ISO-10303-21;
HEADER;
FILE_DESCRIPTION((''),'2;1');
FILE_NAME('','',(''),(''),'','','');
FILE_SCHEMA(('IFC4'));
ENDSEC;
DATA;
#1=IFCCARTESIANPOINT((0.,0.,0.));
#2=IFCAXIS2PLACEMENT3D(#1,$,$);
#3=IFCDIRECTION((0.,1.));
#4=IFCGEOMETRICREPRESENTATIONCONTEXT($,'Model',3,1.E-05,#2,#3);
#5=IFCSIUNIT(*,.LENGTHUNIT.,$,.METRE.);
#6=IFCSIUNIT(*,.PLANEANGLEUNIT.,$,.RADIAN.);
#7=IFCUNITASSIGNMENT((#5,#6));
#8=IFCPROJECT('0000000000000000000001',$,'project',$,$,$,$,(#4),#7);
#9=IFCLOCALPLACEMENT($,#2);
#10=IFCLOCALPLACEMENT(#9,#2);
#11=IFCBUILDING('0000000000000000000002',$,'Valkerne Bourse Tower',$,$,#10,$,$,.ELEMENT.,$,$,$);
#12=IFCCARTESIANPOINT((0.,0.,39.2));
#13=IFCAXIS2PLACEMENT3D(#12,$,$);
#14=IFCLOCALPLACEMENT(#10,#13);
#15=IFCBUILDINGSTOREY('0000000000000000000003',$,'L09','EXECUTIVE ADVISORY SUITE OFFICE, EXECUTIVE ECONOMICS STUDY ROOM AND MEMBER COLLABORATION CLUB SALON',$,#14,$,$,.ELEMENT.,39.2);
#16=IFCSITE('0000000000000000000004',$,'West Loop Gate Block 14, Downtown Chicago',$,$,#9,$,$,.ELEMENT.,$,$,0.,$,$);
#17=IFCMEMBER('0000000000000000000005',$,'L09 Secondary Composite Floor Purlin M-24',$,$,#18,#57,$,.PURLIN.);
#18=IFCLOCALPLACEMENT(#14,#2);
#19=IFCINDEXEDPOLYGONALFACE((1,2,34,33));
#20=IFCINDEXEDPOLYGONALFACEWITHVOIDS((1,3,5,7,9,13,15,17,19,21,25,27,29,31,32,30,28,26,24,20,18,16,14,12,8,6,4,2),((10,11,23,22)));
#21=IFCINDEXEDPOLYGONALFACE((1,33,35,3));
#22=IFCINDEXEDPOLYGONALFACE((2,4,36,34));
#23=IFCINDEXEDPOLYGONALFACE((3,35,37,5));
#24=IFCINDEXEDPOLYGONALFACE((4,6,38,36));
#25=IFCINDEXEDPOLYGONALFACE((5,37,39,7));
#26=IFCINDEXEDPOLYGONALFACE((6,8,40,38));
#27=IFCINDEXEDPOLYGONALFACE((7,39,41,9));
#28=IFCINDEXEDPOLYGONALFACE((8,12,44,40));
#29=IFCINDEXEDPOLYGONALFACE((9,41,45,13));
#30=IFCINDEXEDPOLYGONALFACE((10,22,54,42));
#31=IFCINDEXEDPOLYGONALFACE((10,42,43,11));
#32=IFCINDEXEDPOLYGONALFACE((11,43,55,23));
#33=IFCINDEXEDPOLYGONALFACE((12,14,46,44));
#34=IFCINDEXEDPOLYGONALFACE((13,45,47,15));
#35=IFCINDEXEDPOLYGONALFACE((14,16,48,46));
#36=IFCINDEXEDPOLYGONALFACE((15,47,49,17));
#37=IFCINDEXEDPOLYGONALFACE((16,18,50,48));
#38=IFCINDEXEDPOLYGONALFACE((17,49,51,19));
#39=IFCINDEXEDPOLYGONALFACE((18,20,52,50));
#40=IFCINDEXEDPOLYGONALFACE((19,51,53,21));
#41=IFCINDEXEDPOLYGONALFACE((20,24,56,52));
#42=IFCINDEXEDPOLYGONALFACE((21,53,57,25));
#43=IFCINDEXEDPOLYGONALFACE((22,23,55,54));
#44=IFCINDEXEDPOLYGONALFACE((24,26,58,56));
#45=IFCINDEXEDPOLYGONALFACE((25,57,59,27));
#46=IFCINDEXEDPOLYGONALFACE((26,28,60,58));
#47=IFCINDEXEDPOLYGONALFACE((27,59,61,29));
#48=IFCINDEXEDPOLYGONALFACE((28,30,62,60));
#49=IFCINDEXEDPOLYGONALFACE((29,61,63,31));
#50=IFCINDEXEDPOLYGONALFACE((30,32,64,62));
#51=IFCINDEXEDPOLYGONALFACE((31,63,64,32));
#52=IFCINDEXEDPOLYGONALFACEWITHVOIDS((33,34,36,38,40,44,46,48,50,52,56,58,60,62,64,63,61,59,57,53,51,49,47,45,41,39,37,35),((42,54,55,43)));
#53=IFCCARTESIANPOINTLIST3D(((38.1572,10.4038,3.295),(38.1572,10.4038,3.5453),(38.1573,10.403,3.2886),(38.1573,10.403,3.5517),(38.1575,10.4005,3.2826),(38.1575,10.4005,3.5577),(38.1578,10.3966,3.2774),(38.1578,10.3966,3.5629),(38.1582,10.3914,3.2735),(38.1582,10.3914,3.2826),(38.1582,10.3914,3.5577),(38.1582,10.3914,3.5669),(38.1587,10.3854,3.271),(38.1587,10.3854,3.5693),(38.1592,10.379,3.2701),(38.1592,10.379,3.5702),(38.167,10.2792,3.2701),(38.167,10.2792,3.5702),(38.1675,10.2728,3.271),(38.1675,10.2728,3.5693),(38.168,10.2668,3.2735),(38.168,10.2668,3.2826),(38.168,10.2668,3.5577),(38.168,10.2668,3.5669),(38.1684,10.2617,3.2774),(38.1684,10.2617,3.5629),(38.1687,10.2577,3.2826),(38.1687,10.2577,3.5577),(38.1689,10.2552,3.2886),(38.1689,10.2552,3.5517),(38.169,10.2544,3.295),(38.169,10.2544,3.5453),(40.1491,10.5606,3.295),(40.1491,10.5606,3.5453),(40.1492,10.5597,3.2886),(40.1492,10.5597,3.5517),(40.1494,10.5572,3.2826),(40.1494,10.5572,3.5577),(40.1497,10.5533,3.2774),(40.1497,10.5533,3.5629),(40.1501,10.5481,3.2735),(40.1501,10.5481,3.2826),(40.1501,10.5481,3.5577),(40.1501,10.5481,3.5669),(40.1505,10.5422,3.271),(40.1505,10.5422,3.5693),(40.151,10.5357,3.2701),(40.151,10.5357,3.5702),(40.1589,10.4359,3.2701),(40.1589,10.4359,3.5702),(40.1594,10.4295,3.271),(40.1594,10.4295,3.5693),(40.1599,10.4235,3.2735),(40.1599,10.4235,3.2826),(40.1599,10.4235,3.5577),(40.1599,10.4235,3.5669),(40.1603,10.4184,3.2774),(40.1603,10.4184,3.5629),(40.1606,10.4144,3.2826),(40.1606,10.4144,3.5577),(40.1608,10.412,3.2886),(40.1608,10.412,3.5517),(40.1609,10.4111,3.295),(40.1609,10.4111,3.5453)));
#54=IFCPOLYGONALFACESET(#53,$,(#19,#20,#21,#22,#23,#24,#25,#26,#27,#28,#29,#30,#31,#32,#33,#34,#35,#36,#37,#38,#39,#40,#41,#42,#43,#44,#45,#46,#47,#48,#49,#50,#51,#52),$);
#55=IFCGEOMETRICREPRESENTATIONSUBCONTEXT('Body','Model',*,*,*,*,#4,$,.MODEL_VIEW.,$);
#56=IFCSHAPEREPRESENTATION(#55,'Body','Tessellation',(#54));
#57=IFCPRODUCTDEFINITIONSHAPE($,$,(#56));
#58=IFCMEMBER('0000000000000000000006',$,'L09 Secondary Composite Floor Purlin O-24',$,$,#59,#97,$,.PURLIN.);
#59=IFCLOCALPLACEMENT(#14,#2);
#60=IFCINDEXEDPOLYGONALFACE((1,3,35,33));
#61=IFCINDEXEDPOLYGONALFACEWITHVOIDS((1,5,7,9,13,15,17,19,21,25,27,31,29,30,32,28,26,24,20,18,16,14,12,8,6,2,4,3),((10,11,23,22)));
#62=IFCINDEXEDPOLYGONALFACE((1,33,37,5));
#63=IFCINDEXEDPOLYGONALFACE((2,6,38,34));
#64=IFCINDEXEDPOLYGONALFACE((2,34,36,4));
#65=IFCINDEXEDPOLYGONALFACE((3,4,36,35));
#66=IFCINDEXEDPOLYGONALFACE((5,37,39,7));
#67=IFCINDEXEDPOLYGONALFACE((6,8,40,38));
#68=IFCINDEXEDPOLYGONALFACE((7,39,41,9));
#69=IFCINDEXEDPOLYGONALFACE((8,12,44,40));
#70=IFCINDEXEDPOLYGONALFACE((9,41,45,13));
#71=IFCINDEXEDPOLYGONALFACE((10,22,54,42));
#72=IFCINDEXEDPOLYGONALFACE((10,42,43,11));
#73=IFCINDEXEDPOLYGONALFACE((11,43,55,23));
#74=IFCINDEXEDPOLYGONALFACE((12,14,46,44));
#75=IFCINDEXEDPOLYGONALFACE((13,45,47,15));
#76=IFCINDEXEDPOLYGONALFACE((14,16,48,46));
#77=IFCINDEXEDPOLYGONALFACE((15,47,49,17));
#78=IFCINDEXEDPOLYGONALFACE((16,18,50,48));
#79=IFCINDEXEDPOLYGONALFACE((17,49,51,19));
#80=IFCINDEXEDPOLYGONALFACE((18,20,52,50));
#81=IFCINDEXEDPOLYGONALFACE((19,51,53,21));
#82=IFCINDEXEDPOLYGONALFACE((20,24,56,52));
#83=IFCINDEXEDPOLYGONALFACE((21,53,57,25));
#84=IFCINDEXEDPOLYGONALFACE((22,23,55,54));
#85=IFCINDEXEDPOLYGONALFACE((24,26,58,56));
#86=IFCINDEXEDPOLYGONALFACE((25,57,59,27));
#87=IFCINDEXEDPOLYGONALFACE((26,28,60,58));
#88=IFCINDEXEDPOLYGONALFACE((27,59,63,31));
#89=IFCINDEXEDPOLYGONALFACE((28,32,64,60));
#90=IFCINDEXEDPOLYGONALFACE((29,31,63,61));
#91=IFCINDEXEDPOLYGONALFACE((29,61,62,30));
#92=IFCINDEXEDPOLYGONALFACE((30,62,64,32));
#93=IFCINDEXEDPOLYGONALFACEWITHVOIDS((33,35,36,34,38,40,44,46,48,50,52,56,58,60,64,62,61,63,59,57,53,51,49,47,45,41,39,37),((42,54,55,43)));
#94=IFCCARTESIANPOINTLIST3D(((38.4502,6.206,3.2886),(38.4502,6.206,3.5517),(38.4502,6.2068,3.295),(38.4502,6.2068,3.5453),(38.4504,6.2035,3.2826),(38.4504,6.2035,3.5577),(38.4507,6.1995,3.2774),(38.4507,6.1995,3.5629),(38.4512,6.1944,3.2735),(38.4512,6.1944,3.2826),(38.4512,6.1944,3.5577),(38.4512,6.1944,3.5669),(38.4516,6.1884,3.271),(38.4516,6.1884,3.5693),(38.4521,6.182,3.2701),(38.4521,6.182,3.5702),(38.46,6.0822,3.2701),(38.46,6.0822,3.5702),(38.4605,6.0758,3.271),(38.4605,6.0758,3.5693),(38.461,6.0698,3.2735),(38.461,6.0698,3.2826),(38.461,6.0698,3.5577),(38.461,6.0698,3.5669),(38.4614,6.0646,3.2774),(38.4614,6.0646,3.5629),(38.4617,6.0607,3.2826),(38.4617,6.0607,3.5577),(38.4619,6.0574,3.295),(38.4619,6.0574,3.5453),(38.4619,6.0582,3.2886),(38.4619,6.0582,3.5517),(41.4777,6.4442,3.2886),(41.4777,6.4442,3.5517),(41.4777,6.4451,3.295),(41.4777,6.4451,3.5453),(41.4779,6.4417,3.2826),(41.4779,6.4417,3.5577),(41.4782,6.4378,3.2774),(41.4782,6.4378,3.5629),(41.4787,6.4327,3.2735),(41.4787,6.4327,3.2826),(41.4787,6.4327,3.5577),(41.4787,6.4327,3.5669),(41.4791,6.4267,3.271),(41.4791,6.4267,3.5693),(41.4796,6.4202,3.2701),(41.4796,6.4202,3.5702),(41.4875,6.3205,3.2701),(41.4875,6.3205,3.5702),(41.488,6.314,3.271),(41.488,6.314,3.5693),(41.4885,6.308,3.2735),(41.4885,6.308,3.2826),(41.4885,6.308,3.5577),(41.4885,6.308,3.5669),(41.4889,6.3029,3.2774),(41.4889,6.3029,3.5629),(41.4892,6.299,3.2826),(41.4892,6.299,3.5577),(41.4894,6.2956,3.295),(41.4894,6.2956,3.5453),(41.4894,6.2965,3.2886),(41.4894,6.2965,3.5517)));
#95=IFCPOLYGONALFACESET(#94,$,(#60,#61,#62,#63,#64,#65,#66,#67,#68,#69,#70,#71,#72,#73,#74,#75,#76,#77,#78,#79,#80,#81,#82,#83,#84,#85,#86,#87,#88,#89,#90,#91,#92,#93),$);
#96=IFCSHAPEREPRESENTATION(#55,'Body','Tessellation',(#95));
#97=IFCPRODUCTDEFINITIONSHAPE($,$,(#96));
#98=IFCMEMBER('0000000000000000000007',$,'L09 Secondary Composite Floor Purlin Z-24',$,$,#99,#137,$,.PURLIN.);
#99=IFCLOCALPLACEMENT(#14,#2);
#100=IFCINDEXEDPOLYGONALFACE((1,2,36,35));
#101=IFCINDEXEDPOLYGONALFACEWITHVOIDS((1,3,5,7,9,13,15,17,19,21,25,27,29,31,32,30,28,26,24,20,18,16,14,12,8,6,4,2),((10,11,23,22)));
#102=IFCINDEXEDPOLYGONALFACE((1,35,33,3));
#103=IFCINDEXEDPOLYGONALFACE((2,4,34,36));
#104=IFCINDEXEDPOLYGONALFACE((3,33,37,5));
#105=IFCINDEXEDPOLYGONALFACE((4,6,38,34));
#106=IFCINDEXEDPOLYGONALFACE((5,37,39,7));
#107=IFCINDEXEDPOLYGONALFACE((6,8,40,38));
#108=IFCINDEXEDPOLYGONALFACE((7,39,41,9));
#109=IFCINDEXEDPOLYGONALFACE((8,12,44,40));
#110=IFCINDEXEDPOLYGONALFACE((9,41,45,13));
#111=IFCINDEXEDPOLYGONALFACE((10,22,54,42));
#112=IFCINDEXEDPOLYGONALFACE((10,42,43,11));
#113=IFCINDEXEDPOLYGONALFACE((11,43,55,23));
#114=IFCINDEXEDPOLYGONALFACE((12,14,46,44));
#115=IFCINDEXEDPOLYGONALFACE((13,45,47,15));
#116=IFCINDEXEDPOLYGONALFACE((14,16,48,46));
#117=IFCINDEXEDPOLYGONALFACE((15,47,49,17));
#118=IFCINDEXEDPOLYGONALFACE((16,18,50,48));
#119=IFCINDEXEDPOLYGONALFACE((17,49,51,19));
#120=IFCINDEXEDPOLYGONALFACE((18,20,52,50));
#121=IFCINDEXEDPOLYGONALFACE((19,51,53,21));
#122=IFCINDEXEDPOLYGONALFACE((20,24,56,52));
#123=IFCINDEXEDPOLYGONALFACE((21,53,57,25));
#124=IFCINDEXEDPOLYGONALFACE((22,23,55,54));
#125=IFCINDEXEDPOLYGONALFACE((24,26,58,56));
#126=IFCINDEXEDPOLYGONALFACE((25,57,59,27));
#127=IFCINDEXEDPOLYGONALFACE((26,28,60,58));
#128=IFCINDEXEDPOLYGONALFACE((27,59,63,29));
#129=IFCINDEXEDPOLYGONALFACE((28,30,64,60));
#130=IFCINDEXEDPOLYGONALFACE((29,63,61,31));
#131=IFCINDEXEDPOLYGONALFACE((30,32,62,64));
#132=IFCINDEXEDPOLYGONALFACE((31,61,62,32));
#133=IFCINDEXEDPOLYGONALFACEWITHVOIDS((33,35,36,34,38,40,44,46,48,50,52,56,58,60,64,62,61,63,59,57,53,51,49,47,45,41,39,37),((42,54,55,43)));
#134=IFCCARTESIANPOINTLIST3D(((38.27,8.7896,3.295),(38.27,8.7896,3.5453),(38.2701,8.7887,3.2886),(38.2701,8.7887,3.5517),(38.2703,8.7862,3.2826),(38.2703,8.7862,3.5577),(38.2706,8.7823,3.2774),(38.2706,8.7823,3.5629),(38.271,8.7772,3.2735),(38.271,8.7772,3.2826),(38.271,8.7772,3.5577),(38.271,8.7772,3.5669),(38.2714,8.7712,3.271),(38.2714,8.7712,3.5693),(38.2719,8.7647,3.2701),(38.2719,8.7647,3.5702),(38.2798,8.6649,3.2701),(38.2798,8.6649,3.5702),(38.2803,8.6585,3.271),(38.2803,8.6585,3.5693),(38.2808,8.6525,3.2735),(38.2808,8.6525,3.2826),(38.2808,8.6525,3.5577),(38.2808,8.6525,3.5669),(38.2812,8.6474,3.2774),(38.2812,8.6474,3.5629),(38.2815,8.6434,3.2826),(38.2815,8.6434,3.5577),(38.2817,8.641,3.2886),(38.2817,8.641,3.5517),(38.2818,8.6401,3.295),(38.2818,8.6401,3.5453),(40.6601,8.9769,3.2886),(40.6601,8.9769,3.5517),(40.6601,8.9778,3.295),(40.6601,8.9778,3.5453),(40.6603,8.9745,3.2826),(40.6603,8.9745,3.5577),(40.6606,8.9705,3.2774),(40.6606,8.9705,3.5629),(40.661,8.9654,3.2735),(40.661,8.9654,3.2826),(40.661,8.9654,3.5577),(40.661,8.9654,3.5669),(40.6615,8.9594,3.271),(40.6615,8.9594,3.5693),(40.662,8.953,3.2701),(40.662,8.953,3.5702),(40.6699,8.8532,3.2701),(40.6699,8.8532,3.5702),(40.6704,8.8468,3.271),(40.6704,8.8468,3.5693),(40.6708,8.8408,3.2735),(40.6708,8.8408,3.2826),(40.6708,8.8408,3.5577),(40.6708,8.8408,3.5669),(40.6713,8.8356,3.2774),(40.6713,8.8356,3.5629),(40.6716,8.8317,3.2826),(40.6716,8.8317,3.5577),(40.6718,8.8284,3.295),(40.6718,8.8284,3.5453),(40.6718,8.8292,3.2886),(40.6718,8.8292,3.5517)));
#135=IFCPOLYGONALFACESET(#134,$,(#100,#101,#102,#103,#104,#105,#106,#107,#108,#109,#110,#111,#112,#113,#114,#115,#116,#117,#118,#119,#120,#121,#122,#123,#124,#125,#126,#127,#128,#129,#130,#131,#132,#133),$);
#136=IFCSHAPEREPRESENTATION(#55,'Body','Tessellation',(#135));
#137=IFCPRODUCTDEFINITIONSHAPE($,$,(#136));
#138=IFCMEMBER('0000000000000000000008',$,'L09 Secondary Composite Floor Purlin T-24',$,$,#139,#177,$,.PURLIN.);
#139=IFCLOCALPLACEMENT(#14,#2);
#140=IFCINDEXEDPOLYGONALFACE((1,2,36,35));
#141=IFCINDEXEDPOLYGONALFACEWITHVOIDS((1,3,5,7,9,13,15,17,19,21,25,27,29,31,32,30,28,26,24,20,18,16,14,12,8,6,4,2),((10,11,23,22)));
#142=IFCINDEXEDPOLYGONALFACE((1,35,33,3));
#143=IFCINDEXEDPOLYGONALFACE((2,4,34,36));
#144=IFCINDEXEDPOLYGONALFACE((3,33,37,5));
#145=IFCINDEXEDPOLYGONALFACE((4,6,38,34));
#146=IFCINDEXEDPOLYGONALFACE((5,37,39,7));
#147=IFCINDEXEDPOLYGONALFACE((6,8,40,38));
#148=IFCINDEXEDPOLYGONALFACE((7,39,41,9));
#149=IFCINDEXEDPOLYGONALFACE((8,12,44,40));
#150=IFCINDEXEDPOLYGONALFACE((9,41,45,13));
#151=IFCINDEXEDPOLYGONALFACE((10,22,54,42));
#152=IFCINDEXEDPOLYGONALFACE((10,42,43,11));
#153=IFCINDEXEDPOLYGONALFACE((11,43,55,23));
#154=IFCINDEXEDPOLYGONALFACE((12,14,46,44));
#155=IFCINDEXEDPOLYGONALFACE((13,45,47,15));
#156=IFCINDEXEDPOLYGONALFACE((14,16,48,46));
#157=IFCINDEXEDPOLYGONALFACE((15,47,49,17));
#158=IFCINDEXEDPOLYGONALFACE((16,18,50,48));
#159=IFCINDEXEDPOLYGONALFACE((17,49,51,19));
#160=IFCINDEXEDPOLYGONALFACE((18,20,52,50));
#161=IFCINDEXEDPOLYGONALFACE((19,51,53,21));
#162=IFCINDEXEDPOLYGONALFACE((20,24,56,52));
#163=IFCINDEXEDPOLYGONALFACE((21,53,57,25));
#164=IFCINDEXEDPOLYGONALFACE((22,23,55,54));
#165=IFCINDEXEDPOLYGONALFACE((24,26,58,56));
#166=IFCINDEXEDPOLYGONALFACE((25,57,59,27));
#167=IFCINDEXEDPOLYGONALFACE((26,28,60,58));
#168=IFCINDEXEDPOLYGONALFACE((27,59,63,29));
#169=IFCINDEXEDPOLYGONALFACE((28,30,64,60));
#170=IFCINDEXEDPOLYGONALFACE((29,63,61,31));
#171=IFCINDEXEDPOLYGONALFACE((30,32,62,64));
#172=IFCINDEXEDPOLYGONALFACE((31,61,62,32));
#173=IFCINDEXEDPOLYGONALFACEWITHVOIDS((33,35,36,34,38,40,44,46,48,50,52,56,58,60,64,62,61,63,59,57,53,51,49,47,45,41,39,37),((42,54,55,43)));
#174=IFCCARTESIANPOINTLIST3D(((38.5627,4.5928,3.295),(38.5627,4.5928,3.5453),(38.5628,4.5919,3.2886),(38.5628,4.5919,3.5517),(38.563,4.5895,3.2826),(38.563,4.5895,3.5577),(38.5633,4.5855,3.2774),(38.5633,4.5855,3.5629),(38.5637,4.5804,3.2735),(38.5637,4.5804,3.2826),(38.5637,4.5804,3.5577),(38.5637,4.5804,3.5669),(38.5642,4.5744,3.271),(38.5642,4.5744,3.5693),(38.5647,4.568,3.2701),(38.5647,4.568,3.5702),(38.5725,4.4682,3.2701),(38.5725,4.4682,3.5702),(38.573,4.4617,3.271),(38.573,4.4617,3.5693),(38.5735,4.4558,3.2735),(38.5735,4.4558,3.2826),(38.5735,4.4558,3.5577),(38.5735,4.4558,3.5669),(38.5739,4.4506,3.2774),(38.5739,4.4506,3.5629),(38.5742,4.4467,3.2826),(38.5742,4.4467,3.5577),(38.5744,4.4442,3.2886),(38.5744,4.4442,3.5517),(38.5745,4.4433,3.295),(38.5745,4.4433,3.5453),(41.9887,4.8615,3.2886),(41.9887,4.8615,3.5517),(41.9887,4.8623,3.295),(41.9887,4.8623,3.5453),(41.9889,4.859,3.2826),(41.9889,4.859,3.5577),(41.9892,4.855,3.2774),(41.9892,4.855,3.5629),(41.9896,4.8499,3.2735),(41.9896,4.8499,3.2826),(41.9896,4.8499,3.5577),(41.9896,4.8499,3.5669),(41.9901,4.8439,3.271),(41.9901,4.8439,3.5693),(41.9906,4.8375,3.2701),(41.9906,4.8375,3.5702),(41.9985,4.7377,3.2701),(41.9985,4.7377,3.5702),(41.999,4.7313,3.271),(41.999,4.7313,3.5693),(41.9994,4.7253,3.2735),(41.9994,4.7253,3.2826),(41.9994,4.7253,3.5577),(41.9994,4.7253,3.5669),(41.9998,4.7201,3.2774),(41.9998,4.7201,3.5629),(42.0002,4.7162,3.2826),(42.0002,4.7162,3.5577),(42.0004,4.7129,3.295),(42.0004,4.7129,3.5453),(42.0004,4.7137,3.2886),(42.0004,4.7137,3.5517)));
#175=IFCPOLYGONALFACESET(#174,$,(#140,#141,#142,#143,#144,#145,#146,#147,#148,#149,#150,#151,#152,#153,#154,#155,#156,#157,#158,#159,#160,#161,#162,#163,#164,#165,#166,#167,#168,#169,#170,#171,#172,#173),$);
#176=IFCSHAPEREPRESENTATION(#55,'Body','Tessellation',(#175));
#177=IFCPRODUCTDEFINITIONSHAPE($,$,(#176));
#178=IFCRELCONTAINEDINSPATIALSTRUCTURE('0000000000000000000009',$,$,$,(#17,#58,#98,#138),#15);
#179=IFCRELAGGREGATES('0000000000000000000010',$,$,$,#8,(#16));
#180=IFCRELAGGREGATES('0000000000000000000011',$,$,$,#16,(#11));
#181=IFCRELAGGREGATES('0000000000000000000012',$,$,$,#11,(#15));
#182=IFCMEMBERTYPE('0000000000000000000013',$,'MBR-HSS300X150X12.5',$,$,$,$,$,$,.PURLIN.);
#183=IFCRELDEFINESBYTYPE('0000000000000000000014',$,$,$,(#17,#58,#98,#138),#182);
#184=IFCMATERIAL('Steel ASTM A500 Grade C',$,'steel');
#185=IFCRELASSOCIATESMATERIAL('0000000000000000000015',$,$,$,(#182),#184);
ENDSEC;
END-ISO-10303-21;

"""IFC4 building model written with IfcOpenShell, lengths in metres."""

from ifc_helpers import new_model, si_unit, direction, frame, origin, origin_2d, place, context, subcontext, project, spatial, hollow_rectangle, extrude, material, material_profile, profile_set, type_object, element, save


model = new_model("IFC4")

# Units and contexts
model_context = context("Model", 3, precision=1e-05, world=origin(), true_north=direction((0.0, 1.0)))
body_context = subcontext(model_context, "Body", "Model", "MODEL_VIEW")
ifc_project = project(units=[si_unit("LENGTHUNIT", "METRE"), si_unit("PLANEANGLEUNIT", "RADIAN")], contexts=[model_context])

# Site, building, storey
site_placement = place(None, origin())
site = spatial("IfcSite", under=ifc_project, at=site_placement, Name="West Loop Gate Block 14, Downtown Chicago", CompositionType="ELEMENT", RefElevation=0.0)
building_placement = place(site_placement, origin())
building = spatial("IfcBuilding", under=site, at=building_placement, Name="Valkerne Bourse Tower", CompositionType="ELEMENT")
storey_placement = place(building_placement, frame((0.0, 0.0, 39.2)))
storey = spatial("IfcBuildingStorey", under=building, at=storey_placement, Name="L09", Description="EXECUTIVE ADVISORY SUITE OFFICE, EXECUTIVE ECONOMICS STUDY ROOM AND MEMBER COLLABORATION CLUB SALON", CompositionType="ELEMENT", Elevation=39.2)

# Members
ifc_material_1 = material(Name="Steel ASTM A500 Grade C", Category="steel")
ifc_material_profile_1 = material_profile(ifc_material_1, hollow_rectangle(XDim=0.1499, YDim=0.3, WallThickness=0.0125, OuterFilletRadius=0.0249, at=origin_2d()), Name="HSS300X150X12.5")
ifc_profile_set_1 = profile_set([ifc_material_profile_1], Name="Steel ASTM A500 Grade C")
member_type_1 = type_object("IfcMemberType", Name="MBR-HSS300X150X12.5", PredefinedType="PURLIN", material=ifc_profile_set_1)
member_1_placement = place(storey_placement, frame((38.1631, 10.3291, 3.4202), z_axis=(0.996919, 0.078444, 0.0), x_axis=(-0.078444, 0.996919, 0.0)))
element("IfcMember", 1, at=member_1_placement, inside=storey, type_object=member_type_1, Name="L09 Secondary Composite Floor Purlin M-24", PredefinedType="PURLIN", context=body_context, shape_type="SweptSolid", body=[
    extrude(hollow_rectangle(XDim=0.1499, YDim=0.3, WallThickness=0.0125, OuterFilletRadius=0.0249, at=origin_2d()), origin(), (0.0, 0.0, 1.0), 1.998),
])
member_2_placement = place(storey_placement, frame((38.4561, 6.1321, 3.4202), z_axis=(0.996917, 0.078461, 0.0), x_axis=(-0.078461, 0.996917, 0.0)))
element("IfcMember", 2, at=member_2_placement, inside=storey, type_object=member_type_1, Name="L09 Secondary Composite Floor Purlin O-24", PredefinedType="PURLIN", context=body_context, shape_type="SweptSolid", body=[
    extrude(hollow_rectangle(XDim=0.1499, YDim=0.3, WallThickness=0.0125, OuterFilletRadius=0.0249, at=origin_2d()), origin(), (0.0, 0.0, 1.0), 3.0369),
])
member_3_placement = place(storey_placement, frame((38.2759, 8.7148, 3.4202), z_axis=(0.996913, 0.078511, 0.0), x_axis=(-0.078511, 0.996913, 0.0)))
element("IfcMember", 3, at=member_3_placement, inside=storey, type_object=member_type_1, Name="L09 Secondary Composite Floor Purlin Z-24", PredefinedType="PURLIN", context=body_context, shape_type="SweptSolid", body=[
    extrude(hollow_rectangle(XDim=0.1499, YDim=0.3, WallThickness=0.0125, OuterFilletRadius=0.0249, at=origin_2d()), origin(), (0.0, 0.0, 1.0), 2.3975),
])
member_4_placement = place(storey_placement, frame((38.5686, 4.5181, 3.4202), z_axis=(0.99692, 0.078429, 0.0), x_axis=(-0.078429, 0.99692, 0.0)))
element("IfcMember", 4, at=member_4_placement, inside=storey, type_object=member_type_1, Name="L09 Secondary Composite Floor Purlin T-24", PredefinedType="PURLIN", context=body_context, shape_type="SweptSolid", body=[
    extrude(hollow_rectangle(XDim=0.1499, YDim=0.3, WallThickness=0.0125, OuterFilletRadius=0.0249, at=origin_2d()), origin(), (0.0, 0.0, 1.0), 3.4365),
])

save(model, "model.ifc")
